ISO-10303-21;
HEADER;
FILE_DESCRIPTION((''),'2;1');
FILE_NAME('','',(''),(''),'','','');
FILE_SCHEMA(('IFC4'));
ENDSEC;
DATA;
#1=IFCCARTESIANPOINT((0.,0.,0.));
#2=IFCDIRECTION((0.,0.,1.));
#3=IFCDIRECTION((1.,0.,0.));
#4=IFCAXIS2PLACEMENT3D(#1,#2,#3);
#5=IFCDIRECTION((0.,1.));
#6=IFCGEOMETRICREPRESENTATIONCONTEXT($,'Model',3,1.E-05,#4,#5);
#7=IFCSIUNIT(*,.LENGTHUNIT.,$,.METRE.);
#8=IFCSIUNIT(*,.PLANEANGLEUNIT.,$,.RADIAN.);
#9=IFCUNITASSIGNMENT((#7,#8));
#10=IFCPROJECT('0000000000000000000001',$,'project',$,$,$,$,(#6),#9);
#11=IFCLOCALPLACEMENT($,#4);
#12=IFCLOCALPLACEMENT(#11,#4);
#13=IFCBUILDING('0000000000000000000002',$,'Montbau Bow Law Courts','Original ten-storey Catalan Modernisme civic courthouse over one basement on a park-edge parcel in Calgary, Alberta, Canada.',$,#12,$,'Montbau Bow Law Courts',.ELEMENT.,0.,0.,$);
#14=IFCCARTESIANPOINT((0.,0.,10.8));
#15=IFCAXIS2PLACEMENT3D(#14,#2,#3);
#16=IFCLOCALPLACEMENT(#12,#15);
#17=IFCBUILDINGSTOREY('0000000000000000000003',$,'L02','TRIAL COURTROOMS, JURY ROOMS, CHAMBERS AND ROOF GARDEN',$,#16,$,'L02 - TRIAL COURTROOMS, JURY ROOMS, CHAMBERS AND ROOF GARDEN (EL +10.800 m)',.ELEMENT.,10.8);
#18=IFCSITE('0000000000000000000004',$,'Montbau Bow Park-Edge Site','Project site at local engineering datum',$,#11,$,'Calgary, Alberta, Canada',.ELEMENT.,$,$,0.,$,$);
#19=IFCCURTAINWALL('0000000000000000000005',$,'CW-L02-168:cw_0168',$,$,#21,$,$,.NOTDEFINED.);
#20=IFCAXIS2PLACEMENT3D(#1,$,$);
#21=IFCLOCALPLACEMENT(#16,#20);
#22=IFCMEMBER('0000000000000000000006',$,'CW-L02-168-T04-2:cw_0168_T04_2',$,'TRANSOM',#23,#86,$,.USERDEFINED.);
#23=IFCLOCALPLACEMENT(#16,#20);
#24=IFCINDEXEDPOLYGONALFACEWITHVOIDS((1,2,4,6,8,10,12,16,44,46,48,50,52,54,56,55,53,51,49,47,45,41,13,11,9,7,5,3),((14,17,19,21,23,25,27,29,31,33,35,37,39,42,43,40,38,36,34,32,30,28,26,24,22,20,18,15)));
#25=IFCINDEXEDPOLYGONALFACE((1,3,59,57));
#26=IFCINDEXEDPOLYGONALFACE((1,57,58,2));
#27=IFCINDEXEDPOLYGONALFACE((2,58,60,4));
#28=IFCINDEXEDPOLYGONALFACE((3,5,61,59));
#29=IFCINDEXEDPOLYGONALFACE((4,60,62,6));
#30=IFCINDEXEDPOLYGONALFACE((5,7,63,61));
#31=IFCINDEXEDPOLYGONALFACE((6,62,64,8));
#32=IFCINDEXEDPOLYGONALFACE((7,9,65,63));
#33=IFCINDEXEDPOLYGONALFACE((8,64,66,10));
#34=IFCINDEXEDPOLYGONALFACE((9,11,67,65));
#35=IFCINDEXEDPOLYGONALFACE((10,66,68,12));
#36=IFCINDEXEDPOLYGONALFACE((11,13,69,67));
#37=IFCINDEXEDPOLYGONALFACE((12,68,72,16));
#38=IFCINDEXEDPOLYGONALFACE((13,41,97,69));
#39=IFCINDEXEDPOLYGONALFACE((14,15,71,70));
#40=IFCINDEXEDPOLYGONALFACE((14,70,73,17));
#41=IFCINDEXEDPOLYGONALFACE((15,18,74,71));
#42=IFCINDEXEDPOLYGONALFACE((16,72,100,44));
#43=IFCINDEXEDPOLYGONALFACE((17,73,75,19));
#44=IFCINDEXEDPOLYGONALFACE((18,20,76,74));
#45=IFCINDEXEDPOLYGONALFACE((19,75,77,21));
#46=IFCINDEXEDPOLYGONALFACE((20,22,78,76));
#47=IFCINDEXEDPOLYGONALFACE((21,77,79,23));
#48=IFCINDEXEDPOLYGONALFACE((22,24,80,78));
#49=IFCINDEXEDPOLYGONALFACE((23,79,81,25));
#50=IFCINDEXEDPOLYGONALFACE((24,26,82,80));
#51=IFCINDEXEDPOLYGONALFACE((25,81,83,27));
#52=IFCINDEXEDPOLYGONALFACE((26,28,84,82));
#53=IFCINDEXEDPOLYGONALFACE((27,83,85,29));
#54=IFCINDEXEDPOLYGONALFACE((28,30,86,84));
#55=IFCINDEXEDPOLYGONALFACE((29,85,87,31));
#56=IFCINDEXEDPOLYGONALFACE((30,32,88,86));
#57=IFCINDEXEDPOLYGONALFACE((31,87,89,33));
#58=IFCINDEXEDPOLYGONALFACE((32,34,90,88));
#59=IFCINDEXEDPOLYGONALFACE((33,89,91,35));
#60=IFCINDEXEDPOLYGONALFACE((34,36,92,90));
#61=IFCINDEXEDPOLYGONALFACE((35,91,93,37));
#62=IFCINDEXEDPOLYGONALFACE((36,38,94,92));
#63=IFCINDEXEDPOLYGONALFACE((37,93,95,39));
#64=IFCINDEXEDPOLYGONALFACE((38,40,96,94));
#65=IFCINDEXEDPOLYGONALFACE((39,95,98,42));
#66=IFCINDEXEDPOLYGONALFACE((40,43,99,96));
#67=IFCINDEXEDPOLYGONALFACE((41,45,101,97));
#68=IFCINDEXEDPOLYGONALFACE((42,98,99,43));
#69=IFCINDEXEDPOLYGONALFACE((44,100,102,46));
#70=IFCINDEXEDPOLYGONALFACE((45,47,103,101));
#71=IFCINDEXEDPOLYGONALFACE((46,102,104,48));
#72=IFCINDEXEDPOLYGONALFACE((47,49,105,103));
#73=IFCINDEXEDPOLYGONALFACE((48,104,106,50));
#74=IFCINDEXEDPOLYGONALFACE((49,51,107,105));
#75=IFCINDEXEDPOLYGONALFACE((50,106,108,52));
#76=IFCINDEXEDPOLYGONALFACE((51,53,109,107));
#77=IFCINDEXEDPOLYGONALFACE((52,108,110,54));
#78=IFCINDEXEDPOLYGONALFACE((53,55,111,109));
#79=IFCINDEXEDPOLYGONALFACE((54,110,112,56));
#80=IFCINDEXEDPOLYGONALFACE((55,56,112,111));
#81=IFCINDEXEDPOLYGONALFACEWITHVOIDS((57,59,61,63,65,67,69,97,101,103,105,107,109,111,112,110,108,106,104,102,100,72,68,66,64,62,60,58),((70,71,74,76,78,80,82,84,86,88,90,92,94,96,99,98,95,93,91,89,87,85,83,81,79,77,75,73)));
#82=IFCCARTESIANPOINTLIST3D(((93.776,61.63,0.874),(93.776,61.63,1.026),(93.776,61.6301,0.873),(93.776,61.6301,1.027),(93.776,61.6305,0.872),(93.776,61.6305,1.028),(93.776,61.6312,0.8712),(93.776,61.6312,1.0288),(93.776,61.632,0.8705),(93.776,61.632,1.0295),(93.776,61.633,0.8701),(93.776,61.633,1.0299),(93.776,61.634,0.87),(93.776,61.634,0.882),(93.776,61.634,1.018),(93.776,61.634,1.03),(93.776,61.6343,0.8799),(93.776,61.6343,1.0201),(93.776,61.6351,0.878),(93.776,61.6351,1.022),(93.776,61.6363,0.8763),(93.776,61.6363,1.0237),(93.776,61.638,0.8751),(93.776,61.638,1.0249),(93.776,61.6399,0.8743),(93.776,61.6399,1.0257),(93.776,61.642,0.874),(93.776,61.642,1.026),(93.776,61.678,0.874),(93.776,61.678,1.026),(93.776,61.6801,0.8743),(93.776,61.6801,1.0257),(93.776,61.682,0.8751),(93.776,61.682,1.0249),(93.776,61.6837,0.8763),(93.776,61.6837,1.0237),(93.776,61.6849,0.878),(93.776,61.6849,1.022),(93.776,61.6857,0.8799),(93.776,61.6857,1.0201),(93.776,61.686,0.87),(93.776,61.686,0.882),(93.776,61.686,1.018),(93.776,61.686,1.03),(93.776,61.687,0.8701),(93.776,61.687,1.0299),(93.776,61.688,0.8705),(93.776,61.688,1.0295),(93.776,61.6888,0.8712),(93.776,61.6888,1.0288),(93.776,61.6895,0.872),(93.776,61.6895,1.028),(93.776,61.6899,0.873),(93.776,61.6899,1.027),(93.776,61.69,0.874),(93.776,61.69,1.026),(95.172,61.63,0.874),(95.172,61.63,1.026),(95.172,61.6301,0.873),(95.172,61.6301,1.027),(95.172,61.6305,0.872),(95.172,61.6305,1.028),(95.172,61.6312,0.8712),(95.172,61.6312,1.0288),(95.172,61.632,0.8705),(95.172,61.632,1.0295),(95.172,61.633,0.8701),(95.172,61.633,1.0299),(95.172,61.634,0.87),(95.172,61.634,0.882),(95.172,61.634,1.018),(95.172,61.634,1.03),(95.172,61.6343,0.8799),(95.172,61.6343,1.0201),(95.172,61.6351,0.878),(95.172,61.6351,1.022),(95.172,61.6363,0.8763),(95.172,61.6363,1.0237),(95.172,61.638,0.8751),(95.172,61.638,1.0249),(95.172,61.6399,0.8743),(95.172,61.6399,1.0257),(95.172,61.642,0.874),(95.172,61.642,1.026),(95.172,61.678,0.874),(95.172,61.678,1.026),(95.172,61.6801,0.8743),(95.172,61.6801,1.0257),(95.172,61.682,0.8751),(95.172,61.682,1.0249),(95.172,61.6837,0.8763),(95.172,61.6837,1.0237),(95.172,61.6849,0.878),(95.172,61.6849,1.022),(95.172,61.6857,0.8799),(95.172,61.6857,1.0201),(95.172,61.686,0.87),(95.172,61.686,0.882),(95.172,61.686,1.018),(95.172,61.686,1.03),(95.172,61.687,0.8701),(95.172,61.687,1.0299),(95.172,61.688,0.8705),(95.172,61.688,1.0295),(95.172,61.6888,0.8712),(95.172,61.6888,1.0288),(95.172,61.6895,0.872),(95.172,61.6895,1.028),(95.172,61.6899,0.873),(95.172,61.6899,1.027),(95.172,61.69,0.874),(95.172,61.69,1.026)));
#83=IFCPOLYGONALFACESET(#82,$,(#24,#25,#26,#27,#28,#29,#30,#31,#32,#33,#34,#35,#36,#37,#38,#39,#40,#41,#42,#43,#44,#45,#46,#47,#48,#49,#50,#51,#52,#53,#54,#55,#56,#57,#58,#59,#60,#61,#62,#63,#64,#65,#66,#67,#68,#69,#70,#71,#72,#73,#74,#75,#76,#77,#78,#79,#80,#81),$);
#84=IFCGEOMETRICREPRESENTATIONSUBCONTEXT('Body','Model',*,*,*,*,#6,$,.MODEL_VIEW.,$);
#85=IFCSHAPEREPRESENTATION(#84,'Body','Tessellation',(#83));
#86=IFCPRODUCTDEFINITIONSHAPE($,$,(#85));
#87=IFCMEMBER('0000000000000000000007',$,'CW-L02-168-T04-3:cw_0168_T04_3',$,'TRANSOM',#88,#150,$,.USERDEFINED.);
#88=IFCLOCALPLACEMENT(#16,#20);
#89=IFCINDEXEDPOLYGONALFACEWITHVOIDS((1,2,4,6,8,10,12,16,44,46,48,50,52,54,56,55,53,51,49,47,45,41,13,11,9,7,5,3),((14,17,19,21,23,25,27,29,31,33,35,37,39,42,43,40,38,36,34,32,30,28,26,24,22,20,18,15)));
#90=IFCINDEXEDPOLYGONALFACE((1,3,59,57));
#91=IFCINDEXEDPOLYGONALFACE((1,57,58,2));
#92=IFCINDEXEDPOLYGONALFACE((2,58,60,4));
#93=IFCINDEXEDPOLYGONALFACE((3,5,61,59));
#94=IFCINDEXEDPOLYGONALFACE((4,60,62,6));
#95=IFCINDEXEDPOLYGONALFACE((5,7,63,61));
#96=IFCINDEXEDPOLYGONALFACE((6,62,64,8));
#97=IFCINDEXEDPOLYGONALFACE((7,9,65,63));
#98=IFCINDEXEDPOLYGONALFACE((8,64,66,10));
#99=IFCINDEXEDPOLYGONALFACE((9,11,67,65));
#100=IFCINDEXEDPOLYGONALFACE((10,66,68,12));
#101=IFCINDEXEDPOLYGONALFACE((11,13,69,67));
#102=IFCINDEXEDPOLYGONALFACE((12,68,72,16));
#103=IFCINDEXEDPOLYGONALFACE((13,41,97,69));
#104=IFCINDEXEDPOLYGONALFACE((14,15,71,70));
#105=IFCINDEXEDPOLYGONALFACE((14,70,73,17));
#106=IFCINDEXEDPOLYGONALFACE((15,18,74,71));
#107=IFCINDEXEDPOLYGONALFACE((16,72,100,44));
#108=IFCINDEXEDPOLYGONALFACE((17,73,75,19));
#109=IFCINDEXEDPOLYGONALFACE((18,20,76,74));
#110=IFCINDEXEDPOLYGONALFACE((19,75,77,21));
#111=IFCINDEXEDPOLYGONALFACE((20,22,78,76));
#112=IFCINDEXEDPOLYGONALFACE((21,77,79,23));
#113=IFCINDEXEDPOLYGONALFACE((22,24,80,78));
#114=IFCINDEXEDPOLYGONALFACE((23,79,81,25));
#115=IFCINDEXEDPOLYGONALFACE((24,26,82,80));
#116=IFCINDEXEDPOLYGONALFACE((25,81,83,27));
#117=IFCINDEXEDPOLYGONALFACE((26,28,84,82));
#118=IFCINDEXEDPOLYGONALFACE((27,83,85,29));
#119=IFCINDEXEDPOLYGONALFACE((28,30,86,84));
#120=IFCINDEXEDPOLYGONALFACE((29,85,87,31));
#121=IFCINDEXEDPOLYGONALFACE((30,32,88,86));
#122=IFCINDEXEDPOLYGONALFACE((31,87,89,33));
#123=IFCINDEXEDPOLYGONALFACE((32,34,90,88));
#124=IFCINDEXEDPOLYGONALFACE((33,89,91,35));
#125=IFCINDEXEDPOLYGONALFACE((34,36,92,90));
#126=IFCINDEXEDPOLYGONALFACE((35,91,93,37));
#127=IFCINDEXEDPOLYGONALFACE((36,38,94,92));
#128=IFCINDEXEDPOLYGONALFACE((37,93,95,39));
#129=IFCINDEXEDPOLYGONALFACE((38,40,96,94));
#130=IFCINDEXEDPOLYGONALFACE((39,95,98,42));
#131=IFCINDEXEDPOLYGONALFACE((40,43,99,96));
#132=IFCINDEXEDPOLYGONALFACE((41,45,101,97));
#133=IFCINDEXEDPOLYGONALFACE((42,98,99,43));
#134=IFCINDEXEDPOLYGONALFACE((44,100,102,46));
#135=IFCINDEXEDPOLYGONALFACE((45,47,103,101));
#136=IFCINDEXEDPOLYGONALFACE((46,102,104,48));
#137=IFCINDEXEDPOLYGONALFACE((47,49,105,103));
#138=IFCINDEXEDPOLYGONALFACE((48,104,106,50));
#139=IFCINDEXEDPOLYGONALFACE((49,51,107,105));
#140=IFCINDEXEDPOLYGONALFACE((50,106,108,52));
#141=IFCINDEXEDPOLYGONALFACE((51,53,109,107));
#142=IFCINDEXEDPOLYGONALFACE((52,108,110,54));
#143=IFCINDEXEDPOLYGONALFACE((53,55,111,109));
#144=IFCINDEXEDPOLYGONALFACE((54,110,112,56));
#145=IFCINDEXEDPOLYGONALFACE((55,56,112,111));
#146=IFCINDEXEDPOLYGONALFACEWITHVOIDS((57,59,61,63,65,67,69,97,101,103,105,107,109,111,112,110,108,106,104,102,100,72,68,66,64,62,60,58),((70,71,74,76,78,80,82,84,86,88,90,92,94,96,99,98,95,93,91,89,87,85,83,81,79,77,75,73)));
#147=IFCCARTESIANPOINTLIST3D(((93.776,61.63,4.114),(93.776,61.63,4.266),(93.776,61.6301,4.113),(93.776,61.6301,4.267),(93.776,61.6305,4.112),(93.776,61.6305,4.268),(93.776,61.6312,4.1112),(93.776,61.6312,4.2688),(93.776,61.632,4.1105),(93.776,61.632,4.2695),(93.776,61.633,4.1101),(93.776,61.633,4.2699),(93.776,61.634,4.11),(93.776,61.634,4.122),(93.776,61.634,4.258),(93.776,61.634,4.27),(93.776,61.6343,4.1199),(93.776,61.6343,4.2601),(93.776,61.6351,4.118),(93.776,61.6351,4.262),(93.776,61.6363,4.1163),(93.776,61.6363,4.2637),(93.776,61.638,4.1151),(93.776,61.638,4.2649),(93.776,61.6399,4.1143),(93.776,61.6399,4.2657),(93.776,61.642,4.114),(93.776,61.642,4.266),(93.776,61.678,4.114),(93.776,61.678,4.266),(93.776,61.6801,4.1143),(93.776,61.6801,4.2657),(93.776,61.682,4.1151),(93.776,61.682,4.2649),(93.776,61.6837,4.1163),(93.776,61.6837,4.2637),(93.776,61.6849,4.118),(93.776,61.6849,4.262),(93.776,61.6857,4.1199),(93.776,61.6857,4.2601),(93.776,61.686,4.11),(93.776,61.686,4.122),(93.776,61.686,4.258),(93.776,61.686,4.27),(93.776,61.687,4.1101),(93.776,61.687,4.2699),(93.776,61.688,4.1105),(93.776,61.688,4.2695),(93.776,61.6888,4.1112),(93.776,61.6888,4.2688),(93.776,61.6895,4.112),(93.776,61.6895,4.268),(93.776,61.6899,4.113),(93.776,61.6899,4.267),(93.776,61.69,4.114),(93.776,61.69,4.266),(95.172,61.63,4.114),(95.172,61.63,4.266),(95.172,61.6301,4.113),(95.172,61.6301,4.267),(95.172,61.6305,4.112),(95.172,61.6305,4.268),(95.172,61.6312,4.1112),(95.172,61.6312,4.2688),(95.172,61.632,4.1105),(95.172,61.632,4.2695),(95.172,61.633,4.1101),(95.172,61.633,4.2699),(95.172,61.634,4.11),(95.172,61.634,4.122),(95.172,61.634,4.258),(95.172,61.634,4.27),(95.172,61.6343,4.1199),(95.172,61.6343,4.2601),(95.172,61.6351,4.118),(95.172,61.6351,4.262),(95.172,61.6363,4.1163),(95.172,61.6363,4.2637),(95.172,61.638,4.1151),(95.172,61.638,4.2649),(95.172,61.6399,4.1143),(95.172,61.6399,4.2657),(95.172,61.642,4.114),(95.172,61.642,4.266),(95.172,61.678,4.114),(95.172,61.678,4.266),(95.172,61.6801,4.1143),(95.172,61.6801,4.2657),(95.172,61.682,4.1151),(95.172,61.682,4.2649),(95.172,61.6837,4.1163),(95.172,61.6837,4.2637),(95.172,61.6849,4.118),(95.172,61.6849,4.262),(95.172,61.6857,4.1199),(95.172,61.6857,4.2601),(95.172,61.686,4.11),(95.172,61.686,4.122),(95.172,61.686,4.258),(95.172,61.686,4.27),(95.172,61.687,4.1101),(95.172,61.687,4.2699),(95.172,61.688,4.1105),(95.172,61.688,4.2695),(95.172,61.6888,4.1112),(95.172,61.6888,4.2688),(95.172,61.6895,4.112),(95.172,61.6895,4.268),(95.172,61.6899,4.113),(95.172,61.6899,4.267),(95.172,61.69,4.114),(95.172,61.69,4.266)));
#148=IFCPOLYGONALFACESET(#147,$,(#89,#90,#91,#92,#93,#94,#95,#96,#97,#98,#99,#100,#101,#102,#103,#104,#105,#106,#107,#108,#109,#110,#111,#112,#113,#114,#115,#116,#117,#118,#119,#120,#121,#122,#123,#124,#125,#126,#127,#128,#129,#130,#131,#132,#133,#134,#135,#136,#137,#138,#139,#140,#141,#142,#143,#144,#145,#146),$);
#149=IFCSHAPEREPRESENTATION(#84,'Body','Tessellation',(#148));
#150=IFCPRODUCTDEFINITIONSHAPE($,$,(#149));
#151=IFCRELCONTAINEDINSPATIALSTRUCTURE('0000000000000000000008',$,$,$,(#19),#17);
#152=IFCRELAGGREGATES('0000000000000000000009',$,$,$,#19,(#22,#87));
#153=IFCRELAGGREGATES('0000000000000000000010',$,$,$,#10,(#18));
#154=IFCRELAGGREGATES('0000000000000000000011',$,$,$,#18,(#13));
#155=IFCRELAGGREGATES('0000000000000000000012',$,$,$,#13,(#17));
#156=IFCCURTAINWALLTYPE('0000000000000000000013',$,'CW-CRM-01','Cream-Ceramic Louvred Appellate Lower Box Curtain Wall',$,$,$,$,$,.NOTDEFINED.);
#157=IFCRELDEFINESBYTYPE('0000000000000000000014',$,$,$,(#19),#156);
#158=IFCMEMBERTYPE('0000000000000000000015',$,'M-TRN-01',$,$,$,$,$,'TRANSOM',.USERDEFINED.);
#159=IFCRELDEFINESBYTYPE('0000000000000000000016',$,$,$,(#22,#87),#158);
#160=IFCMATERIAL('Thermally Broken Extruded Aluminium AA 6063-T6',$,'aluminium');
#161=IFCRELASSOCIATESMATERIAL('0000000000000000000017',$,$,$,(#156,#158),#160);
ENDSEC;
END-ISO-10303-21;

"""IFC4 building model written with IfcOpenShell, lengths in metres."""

from ifc_helpers import new_model, si_unit, direction, frame, origin_with_axes, origin_2d_with_axis, place, context, subcontext, project, spatial, hollow_rectangle, extrude, material, material_profile, profile_set, type_object, element, aggregate, save


model = new_model("IFC4")

# Units and contexts
model_context = context("Model", 3, precision=1e-05, world=origin_with_axes(), true_north=direction((0.0, 1.0)))
body_context = subcontext(model_context, "Body", "Model", "MODEL_VIEW")
ifc_project = project(units=[si_unit("LENGTHUNIT", "METRE"), si_unit("PLANEANGLEUNIT", "RADIAN")], contexts=[model_context])

# Site, building, storey
site_placement = place(None, origin_with_axes())
site = spatial("IfcSite", under=ifc_project, at=site_placement, Name="Montbau Bow Park-Edge Site", Description="Project site at local engineering datum", LongName="Calgary, Alberta, Canada", CompositionType="ELEMENT", RefElevation=0.0)
building_placement = place(site_placement, origin_with_axes())
building = spatial("IfcBuilding", under=site, at=building_placement, Name="Montbau Bow Law Courts", Description="Original ten-storey Catalan Modernisme civic courthouse over one basement on a park-edge parcel in Calgary, Alberta, Canada.", LongName="Montbau Bow Law Courts", CompositionType="ELEMENT", ElevationOfRefHeight=0.0, ElevationOfTerrain=0.0)
storey_placement = place(building_placement, frame((0.0, 0.0, 10.8), z_axis=(0.0, 0.0, 1.0), x_axis=(1.0, 0.0, 0.0)))
storey = spatial("IfcBuildingStorey", under=building, at=storey_placement, Name="L02", Description="TRIAL COURTROOMS, JURY ROOMS, CHAMBERS AND ROOF GARDEN", LongName="L02 - TRIAL COURTROOMS, JURY ROOMS, CHAMBERS AND ROOF GARDEN (EL +10.800 m)", CompositionType="ELEMENT", Elevation=10.8)

# Curtain wall, members
ifc_material_1 = material(Name="Thermally Broken Extruded Aluminium AA 6063-T6", Category="aluminium")
curtain_wall_type = type_object("IfcCurtainWallType", Name="CW-CRM-01", Description="Cream-Ceramic Louvred Appellate Lower Box Curtain Wall", PredefinedType="NOTDEFINED", material=ifc_material_1)
curtain_wall_placement = place(None, frame((89.315, 61.66, 10.8), z_axis=(0.0, 0.0, 1.0), x_axis=(1.0, 0.0, 0.0)))
curtain_wall = element("IfcCurtainWall", 1, at=curtain_wall_placement, inside=storey, type_object=curtain_wall_type, Name="CW-L02-168:cw_0168", PredefinedType="NOTDEFINED")
ifc_material_profile_1 = material_profile(ifc_material_1, hollow_rectangle(XDim=0.06, YDim=0.16, WallThickness=0.004, InnerFilletRadius=0.008, OuterFilletRadius=0.004, at=origin_2d_with_axis()), Name="CWT-160X60", Category="Main", Priority=0)
ifc_profile_set_1 = profile_set([ifc_material_profile_1], Name="Thermally Broken Extruded Aluminium AA 6063-T6")
member_type_1 = type_object("IfcMemberType", Name="M-TRN-01", ElementType="TRANSOM", PredefinedType="USERDEFINED", material=ifc_profile_set_1)
member_1_placement = place(None, frame((93.776, 61.66, 11.75), z_axis=(1.0, 0.0, 0.0), x_axis=(0.0, 1.0, 0.0)))
member_1 = element("IfcMember", 2, at=member_1_placement, type_object=member_type_1, Name="CW-L02-168-T04-2:cw_0168_T04_2", ObjectType="TRANSOM", PredefinedType="USERDEFINED", context=body_context, shape_type="SweptSolid", body=[
    extrude(hollow_rectangle(XDim=0.06, YDim=0.16, WallThickness=0.004, InnerFilletRadius=0.008, OuterFilletRadius=0.004, at=origin_2d_with_axis()), origin_with_axes(), (0.0, 0.0, 1.0), 1.396),
])
member_2_placement = place(None, frame((93.776, 61.66, 14.99), z_axis=(1.0, 0.0, 0.0), x_axis=(0.0, 1.0, 0.0)))
member_2 = element("IfcMember", 3, at=member_2_placement, type_object=member_type_1, Name="CW-L02-168-T04-3:cw_0168_T04_3", ObjectType="TRANSOM", PredefinedType="USERDEFINED", context=body_context, shape_type="SweptSolid", body=[
    extrude(hollow_rectangle(XDim=0.06, YDim=0.16, WallThickness=0.004, InnerFilletRadius=0.008, OuterFilletRadius=0.004, at=origin_2d_with_axis()), origin_with_axes(), (0.0, 0.0, 1.0), 1.396),
])
aggregate(curtain_wall, [member_1, member_2])

save(model, "model.ifc")
